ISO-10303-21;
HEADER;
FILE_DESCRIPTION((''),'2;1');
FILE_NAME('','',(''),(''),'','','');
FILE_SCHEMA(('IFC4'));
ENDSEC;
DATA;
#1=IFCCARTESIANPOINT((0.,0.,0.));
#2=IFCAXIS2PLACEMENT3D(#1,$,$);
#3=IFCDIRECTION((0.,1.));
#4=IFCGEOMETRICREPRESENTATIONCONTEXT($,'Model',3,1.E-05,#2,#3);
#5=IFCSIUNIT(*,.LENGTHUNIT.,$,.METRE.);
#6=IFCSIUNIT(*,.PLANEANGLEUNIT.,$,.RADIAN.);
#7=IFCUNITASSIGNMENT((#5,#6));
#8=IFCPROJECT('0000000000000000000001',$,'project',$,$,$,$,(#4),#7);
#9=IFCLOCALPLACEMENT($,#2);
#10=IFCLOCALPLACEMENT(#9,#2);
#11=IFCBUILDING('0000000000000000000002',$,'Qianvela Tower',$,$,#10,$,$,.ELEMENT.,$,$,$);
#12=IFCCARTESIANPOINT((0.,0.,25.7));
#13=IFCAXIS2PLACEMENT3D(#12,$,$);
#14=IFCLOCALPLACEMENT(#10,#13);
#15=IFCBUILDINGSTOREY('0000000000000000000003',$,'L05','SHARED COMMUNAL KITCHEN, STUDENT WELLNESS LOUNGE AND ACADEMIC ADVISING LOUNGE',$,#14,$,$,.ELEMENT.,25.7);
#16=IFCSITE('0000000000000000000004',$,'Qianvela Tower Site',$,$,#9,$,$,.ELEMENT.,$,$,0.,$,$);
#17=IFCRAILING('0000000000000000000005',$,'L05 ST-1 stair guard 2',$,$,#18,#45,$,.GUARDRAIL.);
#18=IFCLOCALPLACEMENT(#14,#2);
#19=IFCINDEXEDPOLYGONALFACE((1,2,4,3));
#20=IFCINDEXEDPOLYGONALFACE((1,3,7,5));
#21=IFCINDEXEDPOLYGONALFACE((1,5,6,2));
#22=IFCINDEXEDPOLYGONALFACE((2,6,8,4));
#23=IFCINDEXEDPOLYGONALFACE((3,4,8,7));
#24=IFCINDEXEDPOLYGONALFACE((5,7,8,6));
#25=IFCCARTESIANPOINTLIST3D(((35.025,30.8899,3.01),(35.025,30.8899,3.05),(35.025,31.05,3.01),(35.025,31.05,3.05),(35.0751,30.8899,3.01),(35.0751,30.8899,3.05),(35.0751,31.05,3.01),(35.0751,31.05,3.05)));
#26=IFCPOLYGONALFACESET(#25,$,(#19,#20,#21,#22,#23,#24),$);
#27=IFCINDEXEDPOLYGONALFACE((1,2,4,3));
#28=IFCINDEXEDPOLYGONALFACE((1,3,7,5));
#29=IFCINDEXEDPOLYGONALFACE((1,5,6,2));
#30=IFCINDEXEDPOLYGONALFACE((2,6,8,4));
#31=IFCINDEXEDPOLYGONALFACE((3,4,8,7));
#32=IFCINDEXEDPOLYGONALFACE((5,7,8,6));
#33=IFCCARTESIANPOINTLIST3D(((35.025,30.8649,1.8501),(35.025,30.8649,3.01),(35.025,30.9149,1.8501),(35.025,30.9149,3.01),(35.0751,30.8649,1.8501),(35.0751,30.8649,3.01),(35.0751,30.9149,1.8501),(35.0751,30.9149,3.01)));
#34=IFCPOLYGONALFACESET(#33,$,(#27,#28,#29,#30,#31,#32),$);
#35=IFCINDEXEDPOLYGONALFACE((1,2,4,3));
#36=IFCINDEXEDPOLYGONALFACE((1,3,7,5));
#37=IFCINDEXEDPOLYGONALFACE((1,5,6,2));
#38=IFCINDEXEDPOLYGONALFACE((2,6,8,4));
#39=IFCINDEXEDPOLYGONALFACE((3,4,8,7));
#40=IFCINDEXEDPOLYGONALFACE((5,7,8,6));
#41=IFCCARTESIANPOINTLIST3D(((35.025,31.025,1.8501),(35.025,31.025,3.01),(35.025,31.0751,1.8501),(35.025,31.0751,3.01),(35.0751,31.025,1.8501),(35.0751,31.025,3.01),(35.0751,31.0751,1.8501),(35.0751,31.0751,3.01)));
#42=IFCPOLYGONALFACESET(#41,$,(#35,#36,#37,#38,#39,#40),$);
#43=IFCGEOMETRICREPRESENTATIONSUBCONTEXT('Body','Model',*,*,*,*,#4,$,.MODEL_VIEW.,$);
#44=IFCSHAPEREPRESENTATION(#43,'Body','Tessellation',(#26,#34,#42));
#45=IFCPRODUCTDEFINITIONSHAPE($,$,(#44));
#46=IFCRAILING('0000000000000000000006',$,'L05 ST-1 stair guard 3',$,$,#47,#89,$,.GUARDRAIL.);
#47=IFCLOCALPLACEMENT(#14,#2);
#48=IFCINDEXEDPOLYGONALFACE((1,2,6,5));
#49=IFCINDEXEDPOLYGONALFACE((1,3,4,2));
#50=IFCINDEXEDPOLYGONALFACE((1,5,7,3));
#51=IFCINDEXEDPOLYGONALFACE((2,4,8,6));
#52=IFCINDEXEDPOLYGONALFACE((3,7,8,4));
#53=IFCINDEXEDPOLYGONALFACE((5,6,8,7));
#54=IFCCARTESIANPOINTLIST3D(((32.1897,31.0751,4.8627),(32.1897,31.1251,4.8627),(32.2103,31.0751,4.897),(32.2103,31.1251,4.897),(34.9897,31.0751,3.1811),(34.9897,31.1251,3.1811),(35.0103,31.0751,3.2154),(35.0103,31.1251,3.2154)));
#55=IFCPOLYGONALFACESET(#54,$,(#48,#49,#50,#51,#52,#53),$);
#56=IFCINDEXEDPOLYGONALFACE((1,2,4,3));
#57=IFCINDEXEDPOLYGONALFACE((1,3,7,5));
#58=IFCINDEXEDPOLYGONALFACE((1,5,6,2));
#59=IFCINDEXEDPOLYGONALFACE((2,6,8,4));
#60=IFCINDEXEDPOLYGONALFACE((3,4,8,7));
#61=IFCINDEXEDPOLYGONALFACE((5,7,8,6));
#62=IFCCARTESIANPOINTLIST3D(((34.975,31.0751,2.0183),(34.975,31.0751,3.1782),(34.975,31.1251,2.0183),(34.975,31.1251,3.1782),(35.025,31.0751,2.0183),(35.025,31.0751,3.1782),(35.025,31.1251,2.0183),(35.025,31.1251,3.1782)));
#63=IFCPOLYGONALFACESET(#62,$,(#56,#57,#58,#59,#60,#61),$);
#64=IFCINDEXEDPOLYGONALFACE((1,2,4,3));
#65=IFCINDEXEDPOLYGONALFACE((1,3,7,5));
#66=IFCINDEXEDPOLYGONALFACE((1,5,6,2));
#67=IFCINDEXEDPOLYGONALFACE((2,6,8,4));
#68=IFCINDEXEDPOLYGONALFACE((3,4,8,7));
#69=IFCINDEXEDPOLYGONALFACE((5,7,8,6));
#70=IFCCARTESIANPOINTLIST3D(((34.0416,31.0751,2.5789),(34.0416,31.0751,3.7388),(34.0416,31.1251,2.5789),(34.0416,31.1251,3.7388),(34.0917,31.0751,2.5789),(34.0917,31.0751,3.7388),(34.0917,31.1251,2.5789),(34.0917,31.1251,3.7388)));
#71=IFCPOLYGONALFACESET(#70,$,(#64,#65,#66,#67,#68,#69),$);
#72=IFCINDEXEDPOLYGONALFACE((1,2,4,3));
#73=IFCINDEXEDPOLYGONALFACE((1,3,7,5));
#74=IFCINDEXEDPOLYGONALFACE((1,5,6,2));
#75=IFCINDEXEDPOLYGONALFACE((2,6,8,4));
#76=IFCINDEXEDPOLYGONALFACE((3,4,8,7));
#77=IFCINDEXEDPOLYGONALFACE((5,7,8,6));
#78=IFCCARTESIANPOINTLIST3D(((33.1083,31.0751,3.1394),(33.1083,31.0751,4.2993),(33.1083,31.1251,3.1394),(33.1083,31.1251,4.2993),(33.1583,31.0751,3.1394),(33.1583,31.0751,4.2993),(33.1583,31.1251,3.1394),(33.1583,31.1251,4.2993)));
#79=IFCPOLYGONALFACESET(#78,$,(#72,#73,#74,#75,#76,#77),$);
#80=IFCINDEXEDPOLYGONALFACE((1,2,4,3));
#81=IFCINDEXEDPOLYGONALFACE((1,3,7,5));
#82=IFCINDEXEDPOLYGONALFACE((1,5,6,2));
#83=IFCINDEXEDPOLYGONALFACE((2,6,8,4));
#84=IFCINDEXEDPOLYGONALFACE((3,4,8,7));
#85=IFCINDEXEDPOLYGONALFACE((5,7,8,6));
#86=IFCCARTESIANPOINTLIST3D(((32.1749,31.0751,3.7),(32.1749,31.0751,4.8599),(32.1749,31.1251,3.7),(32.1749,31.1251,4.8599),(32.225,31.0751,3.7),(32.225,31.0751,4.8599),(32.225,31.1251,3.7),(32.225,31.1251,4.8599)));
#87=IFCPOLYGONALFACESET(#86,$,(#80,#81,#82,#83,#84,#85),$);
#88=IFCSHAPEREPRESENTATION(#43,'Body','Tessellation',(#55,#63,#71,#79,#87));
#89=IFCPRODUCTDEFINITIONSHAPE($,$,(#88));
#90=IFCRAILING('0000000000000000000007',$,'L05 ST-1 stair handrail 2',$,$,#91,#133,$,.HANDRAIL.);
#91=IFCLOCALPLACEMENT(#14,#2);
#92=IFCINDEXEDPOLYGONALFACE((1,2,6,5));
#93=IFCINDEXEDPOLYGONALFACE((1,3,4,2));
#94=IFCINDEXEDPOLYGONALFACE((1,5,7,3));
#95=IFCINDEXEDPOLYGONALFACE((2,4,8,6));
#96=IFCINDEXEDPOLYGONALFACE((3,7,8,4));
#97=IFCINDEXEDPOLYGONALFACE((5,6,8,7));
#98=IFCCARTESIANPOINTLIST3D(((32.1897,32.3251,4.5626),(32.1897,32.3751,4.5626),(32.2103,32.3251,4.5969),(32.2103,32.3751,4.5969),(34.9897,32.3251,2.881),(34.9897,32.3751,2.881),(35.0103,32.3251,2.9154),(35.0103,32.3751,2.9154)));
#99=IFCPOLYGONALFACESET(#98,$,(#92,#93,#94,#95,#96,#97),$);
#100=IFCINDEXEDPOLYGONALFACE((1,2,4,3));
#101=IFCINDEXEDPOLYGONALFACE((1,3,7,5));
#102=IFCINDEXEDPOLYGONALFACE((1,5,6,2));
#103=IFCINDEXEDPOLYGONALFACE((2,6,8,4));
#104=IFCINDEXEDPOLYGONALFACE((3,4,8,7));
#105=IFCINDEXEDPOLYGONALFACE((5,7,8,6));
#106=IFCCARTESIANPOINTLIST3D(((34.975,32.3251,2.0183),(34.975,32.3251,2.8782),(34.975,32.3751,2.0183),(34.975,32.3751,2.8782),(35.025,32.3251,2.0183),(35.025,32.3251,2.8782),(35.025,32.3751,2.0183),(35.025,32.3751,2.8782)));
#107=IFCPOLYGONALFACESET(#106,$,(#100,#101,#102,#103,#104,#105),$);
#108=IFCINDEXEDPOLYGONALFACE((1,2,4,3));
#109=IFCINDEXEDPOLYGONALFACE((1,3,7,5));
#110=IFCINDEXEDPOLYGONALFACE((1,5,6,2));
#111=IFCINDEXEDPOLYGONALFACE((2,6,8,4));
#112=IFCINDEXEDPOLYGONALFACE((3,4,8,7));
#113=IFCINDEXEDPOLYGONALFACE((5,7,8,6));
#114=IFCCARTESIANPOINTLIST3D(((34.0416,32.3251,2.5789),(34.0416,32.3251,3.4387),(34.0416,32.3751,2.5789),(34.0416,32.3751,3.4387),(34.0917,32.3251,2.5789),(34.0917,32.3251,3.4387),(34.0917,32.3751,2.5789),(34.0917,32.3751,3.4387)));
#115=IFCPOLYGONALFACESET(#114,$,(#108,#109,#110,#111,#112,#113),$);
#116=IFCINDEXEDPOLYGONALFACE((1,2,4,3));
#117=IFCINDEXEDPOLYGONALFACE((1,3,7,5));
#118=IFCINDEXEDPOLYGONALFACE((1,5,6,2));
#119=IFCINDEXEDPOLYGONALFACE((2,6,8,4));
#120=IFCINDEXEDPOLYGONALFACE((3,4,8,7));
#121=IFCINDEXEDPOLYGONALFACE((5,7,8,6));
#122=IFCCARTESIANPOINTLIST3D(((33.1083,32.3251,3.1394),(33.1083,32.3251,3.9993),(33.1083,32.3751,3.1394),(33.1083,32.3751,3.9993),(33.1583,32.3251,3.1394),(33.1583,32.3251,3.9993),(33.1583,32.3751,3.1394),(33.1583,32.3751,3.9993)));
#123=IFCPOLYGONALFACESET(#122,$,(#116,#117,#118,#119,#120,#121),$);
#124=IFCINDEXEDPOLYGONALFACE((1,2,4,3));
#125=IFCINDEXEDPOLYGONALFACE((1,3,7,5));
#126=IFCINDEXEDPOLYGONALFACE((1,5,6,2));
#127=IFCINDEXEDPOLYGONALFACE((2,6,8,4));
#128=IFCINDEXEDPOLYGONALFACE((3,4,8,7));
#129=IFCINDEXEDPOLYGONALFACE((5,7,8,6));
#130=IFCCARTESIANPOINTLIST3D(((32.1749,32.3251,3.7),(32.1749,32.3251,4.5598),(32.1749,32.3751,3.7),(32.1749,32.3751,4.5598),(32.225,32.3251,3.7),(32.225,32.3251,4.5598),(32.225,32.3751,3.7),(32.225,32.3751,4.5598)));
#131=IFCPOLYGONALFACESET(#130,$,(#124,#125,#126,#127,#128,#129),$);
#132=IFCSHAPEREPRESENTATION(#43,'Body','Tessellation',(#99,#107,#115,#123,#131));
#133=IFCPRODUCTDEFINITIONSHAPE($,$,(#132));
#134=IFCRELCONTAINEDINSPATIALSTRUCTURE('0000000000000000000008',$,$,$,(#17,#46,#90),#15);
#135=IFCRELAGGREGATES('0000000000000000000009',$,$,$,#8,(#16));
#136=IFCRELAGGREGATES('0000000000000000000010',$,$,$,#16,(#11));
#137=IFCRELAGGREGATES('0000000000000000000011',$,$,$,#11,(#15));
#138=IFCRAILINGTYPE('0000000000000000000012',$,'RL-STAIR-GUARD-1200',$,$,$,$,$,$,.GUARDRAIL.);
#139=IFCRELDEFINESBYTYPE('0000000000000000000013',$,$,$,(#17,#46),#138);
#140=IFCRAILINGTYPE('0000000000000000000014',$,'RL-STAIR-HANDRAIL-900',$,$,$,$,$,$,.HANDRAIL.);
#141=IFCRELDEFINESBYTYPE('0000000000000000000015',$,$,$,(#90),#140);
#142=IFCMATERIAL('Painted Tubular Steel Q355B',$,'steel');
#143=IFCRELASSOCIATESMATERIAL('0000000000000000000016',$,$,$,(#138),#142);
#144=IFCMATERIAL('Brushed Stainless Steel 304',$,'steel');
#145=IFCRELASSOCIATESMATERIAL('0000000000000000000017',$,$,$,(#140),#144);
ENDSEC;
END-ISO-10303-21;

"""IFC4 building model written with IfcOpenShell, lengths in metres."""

from ifc_helpers import new_model, si_unit, direction, frame, origin, origin_2d, place, context, subcontext, project, spatial, rectangle, extrude, material, type_object, element, save


model = new_model("IFC4")

# Units and contexts
model_context = context("Model", 3, precision=1e-05, world=origin(), true_north=direction((0.0, 1.0)))
body_context = subcontext(model_context, "Body", "Model", "MODEL_VIEW")
ifc_project = project(units=[si_unit("LENGTHUNIT", "METRE"), si_unit("PLANEANGLEUNIT", "RADIAN")], contexts=[model_context])

# Site, building, storey
site_placement = place(None, origin())
site = spatial("IfcSite", under=ifc_project, at=site_placement, Name="Qianvela Tower Site", CompositionType="ELEMENT", RefElevation=0.0)
building_placement = place(site_placement, origin())
building = spatial("IfcBuilding", under=site, at=building_placement, Name="Qianvela Tower", CompositionType="ELEMENT")
storey_placement = place(building_placement, frame((0.0, 0.0, 25.7)))
storey = spatial("IfcBuildingStorey", under=building, at=storey_placement, Name="L05", Description="SHARED COMMUNAL KITCHEN, STUDENT WELLNESS LOUNGE AND ACADEMIC ADVISING LOUNGE", CompositionType="ELEMENT", Elevation=25.7)

# Railings
ifc_material_1 = material(Name="Painted Tubular Steel Q355B", Category="steel")
railing_type_1 = type_object("IfcRailingType", Name="RL-STAIR-GUARD-1200", PredefinedType="GUARDRAIL", material=ifc_material_1)
railing_1_placement = place(storey_placement, frame((35.05, 30.8899, 1.8501)))
element("IfcRailing", 1, at=railing_1_placement, inside=storey, type_object=railing_type_1, Name="L05 ST-1 stair guard 2", PredefinedType="GUARDRAIL", context=body_context, shape_type="SweptSolid", body=[
    extrude(rectangle(XDim=0.05, YDim=0.04, at=origin_2d()), frame((0.0, 0.0, 1.1799), z_axis=(0.0, 1.0, 0.0), x_axis=(-1.0, 0.0, 0.0)), (0.0, 0.0, 1.0), 0.1602),
    extrude(rectangle(XDim=0.05, YDim=0.05, at=origin_2d()), origin(), (0.0, 0.0, 1.0), 1.1599),
    extrude(rectangle(XDim=0.05, YDim=0.05, at=origin_2d()), frame((0.0, 0.1602, 0.0)), (0.0, 0.0, 1.0), 1.1599),
])
railing_2_placement = place(storey_placement, frame((35.0, 31.1001, 2.0183)))
element("IfcRailing", 2, at=railing_2_placement, inside=storey, type_object=railing_type_1, Name="L05 ST-1 stair guard 3", PredefinedType="GUARDRAIL", context=body_context, shape_type="SweptSolid", body=[
    extrude(rectangle(XDim=0.05, YDim=0.04, at=origin_2d()), frame((0.0, 0.0, 1.1799), z_axis=(-0.857275, 0.0, 0.514858), x_axis=(0.0, -1.0, 0.0)), (0.0, 0.0, 1.0), 3.2661),
    extrude(rectangle(XDim=0.05, YDim=0.05, at=origin_2d()), origin(), (0.0, 0.0, 1.0), 1.1599),
    extrude(rectangle(XDim=0.05, YDim=0.05, at=origin_2d()), frame((-0.9333, 0.0, 0.5605)), (0.0, 0.0, 1.0), 1.1599),
    extrude(rectangle(XDim=0.05, YDim=0.05, at=origin_2d()), frame((-1.8667, 0.0, 1.1211)), (0.0, 0.0, 1.0), 1.1599),
    extrude(rectangle(XDim=0.05, YDim=0.05, at=origin_2d()), frame((-2.8, 0.0, 1.6816)), (0.0, 0.0, 1.0), 1.1599),
])
ifc_material_2 = material(Name="Brushed Stainless Steel 304", Category="steel")
railing_type_2 = type_object("IfcRailingType", Name="RL-STAIR-HANDRAIL-900", PredefinedType="HANDRAIL", material=ifc_material_2)
railing_3_placement = place(storey_placement, frame((35.0, 32.3501, 2.0183)))
element("IfcRailing", 3, at=railing_3_placement, inside=storey, type_object=railing_type_2, Name="L05 ST-1 stair handrail 2", PredefinedType="HANDRAIL", context=body_context, shape_type="SweptSolid", body=[
    extrude(rectangle(XDim=0.05, YDim=0.04, at=origin_2d()), frame((0.0, 0.0, 0.8799), z_axis=(-0.857275, 0.0, 0.514858), x_axis=(0.0, -1.0, 0.0)), (0.0, 0.0, 1.0), 3.2661),
    extrude(rectangle(XDim=0.05, YDim=0.05, at=origin_2d()), origin(), (0.0, 0.0, 1.0), 0.8599),
    extrude(rectangle(XDim=0.05, YDim=0.05, at=origin_2d()), frame((-0.9333, 0.0, 0.5605)), (0.0, 0.0, 1.0), 0.8599),
    extrude(rectangle(XDim=0.05, YDim=0.05, at=origin_2d()), frame((-1.8667, 0.0, 1.1211)), (0.0, 0.0, 1.0), 0.8599),
    extrude(rectangle(XDim=0.05, YDim=0.05, at=origin_2d()), frame((-2.8, 0.0, 1.6816)), (0.0, 0.0, 1.0), 0.8599),
])

save(model, "model.ifc")
